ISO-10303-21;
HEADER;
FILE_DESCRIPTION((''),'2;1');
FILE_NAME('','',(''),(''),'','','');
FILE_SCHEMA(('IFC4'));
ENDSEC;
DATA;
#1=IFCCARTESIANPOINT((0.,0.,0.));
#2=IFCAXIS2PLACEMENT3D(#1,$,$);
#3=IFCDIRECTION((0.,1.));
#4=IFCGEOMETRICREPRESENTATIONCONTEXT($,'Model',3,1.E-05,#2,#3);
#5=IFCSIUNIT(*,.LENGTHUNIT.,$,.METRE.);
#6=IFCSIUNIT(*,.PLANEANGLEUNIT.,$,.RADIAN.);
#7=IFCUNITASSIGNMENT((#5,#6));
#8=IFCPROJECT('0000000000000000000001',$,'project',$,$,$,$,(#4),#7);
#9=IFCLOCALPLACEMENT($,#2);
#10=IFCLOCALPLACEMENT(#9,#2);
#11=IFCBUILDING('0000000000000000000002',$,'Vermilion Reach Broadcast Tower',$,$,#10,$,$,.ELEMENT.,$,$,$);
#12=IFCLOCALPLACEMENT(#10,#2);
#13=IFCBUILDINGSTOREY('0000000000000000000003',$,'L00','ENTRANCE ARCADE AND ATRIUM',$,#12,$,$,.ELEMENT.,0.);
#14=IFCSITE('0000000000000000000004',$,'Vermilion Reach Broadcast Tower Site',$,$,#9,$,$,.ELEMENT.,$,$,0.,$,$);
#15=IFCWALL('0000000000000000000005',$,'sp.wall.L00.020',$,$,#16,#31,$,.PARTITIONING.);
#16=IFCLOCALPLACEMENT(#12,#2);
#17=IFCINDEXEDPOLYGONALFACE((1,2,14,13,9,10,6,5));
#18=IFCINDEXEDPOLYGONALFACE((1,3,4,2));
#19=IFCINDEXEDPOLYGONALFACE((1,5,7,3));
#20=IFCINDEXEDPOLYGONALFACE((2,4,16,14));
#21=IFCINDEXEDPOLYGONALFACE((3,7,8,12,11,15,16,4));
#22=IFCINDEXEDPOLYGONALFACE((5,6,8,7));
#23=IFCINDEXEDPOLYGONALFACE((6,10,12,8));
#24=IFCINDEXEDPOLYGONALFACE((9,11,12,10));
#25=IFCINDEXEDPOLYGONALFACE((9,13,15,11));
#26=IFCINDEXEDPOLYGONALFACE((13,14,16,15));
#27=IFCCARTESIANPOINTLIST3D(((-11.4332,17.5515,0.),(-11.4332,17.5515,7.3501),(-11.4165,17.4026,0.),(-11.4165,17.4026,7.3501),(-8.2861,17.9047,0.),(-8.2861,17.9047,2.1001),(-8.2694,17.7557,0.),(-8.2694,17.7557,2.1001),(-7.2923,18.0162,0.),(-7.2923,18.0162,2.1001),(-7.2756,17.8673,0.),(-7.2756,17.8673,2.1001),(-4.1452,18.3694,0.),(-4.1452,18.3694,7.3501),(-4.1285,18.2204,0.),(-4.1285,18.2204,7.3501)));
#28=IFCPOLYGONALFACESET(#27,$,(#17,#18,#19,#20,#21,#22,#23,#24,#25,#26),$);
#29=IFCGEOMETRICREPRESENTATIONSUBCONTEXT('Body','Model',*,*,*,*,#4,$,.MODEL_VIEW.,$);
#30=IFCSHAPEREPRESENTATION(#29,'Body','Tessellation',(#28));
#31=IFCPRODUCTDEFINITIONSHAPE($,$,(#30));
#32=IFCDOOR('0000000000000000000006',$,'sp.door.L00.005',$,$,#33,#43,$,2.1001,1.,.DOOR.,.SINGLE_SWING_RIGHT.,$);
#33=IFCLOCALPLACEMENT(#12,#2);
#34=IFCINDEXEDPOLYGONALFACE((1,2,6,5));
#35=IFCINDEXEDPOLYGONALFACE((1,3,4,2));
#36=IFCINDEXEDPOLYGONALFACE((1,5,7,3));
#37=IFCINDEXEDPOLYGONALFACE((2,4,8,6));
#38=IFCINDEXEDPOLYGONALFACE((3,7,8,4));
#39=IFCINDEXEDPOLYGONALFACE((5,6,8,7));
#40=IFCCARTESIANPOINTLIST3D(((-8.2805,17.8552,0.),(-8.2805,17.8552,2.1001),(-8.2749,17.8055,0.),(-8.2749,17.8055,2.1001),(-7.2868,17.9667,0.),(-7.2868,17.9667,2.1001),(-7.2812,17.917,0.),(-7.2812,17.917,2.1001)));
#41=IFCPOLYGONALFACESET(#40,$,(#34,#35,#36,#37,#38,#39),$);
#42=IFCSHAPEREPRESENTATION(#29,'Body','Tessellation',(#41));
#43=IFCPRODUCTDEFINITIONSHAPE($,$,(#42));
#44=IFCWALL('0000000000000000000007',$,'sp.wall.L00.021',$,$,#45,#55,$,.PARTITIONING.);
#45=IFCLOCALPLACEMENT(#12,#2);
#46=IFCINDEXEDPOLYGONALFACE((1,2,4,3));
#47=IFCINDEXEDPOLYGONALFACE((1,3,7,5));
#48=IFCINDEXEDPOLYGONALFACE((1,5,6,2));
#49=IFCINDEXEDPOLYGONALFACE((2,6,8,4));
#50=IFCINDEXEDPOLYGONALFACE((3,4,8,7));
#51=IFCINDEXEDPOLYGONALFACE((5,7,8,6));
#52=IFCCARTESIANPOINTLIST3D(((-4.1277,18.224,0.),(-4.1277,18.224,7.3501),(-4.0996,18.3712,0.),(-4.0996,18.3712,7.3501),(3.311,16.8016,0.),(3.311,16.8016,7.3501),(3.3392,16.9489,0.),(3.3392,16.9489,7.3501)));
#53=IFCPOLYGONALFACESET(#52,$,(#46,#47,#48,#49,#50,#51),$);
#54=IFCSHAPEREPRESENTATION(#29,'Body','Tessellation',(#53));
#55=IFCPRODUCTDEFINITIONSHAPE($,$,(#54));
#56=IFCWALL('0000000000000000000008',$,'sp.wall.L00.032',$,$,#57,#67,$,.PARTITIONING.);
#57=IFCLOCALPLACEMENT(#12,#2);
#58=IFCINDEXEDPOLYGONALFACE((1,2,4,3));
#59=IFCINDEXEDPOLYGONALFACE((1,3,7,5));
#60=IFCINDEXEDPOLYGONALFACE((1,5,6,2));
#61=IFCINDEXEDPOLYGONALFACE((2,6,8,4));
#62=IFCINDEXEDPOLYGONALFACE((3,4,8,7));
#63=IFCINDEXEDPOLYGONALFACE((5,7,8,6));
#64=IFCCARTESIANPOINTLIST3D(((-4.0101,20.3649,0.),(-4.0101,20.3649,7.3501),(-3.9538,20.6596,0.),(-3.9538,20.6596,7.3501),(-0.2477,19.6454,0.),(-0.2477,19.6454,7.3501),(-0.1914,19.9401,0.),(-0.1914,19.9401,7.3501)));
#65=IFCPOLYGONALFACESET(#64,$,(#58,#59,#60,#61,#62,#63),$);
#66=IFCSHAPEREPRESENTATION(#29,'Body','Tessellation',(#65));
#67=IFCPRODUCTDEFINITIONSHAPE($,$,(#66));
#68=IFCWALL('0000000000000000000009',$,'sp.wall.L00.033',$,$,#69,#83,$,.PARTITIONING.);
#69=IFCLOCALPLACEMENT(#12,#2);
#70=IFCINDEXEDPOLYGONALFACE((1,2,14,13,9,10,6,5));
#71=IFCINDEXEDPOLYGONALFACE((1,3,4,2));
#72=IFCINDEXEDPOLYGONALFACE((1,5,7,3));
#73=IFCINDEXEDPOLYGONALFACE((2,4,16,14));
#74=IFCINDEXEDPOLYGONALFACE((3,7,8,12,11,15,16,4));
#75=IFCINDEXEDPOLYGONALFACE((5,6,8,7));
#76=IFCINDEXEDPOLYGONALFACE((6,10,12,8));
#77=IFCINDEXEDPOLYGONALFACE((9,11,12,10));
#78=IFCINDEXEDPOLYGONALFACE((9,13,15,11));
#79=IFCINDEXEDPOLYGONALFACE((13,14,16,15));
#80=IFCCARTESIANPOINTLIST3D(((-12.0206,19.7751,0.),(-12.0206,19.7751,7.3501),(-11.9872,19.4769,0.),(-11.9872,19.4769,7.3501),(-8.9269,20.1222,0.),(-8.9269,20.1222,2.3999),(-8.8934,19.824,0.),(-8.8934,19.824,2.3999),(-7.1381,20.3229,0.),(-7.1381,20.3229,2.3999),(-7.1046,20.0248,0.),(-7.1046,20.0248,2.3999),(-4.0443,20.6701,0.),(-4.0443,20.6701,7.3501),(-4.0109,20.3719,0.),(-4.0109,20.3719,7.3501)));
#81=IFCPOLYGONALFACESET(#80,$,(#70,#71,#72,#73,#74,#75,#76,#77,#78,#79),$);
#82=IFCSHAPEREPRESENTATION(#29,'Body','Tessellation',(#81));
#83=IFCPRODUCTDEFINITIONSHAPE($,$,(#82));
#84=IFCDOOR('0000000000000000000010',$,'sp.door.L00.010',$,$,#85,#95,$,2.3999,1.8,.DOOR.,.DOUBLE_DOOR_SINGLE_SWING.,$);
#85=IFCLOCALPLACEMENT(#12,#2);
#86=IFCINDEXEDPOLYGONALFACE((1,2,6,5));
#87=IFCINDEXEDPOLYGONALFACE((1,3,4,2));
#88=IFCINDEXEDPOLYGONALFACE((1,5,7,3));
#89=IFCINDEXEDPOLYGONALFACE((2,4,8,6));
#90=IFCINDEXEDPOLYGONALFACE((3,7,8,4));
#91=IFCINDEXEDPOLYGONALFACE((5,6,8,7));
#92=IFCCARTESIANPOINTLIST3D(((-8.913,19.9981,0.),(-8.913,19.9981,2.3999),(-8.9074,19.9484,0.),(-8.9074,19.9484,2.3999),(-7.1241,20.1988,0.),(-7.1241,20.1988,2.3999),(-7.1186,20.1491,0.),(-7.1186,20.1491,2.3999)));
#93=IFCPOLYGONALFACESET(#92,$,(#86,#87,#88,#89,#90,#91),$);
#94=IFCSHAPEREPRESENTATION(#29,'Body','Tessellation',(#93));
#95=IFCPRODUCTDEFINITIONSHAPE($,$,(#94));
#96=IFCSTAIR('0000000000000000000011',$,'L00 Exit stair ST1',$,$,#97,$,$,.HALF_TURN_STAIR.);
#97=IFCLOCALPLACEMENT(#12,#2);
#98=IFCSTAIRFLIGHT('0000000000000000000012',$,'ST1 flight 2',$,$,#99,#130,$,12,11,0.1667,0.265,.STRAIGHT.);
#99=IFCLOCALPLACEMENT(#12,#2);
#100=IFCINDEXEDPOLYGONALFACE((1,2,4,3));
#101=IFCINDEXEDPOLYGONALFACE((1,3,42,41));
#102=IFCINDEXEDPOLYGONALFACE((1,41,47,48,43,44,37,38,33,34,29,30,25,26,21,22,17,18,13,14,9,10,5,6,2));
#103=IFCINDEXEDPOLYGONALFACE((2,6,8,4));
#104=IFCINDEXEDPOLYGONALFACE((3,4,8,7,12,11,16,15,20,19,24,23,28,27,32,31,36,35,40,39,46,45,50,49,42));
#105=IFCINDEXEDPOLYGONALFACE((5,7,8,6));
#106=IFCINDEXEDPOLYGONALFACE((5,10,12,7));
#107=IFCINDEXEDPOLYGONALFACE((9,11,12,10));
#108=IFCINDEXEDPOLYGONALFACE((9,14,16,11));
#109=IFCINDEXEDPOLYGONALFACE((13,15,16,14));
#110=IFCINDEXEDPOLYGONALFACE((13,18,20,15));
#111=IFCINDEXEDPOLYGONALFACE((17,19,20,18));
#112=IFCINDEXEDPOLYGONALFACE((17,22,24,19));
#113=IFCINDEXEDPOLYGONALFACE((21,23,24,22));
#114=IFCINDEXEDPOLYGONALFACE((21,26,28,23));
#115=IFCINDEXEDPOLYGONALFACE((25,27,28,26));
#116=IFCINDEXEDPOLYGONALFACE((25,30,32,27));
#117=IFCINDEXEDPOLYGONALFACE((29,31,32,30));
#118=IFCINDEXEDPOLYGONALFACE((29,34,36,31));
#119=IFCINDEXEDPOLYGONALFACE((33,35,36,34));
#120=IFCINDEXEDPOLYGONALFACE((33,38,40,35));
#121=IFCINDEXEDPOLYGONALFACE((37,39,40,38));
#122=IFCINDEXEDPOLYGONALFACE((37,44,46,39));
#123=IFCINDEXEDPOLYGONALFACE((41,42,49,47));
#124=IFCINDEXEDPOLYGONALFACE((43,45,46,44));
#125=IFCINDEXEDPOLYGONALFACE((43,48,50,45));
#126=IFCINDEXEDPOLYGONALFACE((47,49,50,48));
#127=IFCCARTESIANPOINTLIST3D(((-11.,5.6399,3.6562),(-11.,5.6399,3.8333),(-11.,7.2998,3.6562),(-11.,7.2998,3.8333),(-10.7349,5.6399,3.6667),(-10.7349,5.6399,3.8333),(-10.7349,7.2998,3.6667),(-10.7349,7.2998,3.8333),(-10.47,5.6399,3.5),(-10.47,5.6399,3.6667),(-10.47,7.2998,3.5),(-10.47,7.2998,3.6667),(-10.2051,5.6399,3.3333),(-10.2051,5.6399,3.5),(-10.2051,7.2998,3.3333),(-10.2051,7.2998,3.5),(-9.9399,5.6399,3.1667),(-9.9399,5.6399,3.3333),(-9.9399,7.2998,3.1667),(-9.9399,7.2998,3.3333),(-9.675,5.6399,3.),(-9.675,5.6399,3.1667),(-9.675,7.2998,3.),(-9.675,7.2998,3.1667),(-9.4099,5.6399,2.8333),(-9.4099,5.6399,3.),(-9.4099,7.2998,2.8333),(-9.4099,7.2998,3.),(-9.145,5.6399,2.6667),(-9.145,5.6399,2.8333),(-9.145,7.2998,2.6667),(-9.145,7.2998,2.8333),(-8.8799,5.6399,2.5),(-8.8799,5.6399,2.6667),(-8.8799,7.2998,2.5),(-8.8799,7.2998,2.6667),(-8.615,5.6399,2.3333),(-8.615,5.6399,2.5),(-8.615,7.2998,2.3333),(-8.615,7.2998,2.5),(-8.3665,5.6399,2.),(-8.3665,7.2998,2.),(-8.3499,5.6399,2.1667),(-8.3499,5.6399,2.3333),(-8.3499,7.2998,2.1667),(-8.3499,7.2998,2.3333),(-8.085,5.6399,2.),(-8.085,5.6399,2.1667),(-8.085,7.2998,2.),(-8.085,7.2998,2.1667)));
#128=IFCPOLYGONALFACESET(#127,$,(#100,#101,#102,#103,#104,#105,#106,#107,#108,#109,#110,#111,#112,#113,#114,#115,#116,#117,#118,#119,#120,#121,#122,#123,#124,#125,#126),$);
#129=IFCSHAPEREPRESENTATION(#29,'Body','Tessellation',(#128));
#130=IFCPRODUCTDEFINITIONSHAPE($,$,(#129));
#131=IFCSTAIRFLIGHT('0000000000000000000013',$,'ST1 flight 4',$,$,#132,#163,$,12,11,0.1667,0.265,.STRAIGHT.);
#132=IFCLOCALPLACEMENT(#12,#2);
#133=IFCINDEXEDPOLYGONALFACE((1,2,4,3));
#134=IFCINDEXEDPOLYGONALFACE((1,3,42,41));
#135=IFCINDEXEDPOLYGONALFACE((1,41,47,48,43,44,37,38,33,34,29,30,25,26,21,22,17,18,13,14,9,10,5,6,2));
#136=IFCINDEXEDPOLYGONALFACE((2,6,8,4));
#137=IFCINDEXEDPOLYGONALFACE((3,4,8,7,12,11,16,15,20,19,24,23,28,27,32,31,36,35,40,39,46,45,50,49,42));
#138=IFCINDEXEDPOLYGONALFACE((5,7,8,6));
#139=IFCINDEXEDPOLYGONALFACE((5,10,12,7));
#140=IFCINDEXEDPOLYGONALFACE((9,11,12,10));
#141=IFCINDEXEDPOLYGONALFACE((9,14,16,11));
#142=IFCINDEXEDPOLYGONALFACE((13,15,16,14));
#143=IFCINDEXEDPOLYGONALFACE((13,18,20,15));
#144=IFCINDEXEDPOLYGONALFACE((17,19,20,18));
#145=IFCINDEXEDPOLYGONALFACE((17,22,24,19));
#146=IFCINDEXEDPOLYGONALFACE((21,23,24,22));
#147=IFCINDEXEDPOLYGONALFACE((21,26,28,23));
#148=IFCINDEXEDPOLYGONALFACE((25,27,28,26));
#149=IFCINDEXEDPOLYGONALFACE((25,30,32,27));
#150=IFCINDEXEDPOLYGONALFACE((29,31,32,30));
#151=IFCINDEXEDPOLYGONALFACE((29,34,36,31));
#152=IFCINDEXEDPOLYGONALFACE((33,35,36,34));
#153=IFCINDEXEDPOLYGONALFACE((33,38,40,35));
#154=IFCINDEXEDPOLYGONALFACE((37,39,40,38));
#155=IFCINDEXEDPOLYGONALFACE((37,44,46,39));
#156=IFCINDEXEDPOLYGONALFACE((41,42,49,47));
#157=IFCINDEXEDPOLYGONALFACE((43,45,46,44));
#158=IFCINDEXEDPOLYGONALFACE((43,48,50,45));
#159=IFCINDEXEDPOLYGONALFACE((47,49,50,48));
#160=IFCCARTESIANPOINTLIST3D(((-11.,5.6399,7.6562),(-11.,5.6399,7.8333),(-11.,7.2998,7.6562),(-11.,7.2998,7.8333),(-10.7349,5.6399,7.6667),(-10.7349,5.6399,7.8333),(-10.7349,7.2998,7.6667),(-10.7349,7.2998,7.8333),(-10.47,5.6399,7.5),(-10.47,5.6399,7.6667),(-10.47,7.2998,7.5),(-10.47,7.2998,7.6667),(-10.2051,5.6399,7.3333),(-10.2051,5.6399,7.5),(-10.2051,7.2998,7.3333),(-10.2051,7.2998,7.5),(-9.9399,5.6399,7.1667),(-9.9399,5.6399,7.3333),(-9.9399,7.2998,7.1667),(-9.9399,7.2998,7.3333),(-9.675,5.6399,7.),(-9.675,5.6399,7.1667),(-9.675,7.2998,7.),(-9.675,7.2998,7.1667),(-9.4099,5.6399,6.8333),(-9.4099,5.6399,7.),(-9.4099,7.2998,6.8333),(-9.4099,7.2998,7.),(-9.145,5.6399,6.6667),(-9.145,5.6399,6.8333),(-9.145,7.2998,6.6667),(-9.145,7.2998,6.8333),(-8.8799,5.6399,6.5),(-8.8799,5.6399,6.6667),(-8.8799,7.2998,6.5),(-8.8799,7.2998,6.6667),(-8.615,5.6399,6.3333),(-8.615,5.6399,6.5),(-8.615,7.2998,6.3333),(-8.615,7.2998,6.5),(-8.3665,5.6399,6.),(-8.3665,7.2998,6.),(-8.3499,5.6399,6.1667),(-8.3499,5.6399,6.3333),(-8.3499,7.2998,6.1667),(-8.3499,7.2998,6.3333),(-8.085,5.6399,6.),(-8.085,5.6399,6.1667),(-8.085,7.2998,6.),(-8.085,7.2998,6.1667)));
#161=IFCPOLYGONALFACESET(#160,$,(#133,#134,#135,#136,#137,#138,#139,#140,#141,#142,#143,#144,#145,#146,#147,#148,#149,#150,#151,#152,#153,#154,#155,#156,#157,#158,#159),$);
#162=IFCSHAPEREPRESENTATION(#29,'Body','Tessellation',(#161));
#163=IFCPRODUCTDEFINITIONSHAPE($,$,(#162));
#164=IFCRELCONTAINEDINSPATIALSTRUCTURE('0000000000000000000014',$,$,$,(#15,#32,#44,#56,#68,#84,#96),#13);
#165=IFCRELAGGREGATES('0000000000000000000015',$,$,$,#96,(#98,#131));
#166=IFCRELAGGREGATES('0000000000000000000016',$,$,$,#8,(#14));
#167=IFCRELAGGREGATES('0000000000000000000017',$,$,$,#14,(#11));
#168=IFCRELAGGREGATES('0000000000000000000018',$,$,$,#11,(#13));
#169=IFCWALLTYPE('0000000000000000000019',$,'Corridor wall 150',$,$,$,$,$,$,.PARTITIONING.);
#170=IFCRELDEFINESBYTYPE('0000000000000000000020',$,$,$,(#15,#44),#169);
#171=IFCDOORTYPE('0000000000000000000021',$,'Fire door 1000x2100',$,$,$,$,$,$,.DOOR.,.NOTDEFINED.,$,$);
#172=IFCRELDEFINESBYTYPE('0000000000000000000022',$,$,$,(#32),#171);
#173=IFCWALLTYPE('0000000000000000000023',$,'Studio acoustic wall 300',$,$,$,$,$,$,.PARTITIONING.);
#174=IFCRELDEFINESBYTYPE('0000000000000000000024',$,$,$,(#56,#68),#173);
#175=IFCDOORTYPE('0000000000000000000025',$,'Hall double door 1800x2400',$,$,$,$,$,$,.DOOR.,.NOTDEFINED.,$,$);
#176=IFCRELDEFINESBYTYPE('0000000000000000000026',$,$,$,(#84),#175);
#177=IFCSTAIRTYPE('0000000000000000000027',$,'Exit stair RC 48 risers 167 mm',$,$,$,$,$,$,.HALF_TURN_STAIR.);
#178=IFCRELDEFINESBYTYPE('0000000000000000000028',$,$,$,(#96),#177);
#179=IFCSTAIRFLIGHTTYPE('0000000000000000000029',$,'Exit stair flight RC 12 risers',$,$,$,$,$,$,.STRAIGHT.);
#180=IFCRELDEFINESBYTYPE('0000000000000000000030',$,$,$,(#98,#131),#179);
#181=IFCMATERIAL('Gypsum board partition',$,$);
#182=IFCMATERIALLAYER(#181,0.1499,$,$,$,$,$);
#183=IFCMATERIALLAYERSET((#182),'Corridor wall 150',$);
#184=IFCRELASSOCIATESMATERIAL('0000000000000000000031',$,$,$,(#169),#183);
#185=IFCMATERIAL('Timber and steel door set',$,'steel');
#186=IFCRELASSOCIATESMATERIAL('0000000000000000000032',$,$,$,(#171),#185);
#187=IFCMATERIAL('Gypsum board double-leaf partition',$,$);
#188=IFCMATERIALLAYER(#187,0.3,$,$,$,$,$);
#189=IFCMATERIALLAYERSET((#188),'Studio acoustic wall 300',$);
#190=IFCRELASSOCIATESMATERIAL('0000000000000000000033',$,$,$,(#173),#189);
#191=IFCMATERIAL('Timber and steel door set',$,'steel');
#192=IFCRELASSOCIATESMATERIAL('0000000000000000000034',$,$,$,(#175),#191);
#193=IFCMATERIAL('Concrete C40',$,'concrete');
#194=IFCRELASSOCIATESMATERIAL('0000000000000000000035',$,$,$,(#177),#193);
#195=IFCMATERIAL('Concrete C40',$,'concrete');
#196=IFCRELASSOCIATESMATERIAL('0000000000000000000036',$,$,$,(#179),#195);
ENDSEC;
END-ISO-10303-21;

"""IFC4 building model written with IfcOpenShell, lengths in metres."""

from ifc_helpers import new_model, si_unit, direction, frame, frame_2d, origin, place, context, subcontext, project, spatial, polyline, rectangle, outline, extrude, material, layer, layer_set, type_object, element, fill, aggregate, save


model = new_model("IFC4")

# Units and contexts
model_context = context("Model", 3, precision=1e-05, world=origin(), true_north=direction((0.0, 1.0)))
body_context = subcontext(model_context, "Body", "Model", "MODEL_VIEW")
ifc_project = project(units=[si_unit("LENGTHUNIT", "METRE"), si_unit("PLANEANGLEUNIT", "RADIAN")], contexts=[model_context])

# Site, building, storey
site_placement = place(None, origin())
site = spatial("IfcSite", under=ifc_project, at=site_placement, Name="Vermilion Reach Broadcast Tower Site", CompositionType="ELEMENT", RefElevation=0.0)
building_placement = place(site_placement, origin())
building = spatial("IfcBuilding", under=site, at=building_placement, Name="Vermilion Reach Broadcast Tower", CompositionType="ELEMENT")
storey_placement = place(building_placement, origin())
storey = spatial("IfcBuildingStorey", under=building, at=storey_placement, Name="L00", Description="ENTRANCE ARCADE AND ATRIUM", CompositionType="ELEMENT", Elevation=0.0)

# Wall, opening, door
ifc_material_1 = material(Name="Gypsum board partition")
ifc_layer_1 = layer(ifc_material_1, 0.1499)
ifc_layer_set_1 = layer_set([ifc_layer_1], Name="Corridor wall 150")
wall_type_1 = type_object("IfcWallType", Name="Corridor wall 150", PredefinedType="PARTITIONING", material=ifc_layer_set_1)
wall_1_placement = place(storey_placement, frame((-4.1367, 18.2949, 0.0), z_axis=(0.0, 0.0, 1.0), x_axis=(-0.993762, -0.11152, 0.0)))
wall_1 = element("IfcWall", 1, at=wall_1_placement, inside=storey, type_object=wall_type_1, Name="sp.wall.L00.020", PredefinedType="PARTITIONING", context=body_context, shape_type="SweptSolid", body=[
    extrude(rectangle(XDim=7.3337, YDim=0.1499, at=frame_2d((3.667, 0.0))), origin(), (0.0, 0.0, 1.0), 7.3501),
])
opening_1_placement = place(wall_1_placement, frame((3.167, 0.0, 0.0)))
opening_1 = element("IfcOpeningElement", 2, at=opening_1_placement, cuts=wall_1, PredefinedType="OPENING", context=body_context, shape_type="SweptSolid", body=[
    extrude(rectangle(XDim=1.0, YDim=2.1001, at=frame_2d((0.5, 1.05))), frame((0.0, 0.085, 0.0), z_axis=(0.0, -1.0, 0.0), x_axis=(1.0, 0.0, 0.0)), (0.0, 0.0, 1.0), 0.1699),
])
ifc_material_2 = material(Name="Timber and steel door set", Category="steel")
door_type_1 = type_object("IfcDoorType", Name="Fire door 1000x2100", OperationType="NOTDEFINED", PredefinedType="DOOR", material=ifc_material_2)
door_1_placement = place(opening_1_placement, origin())
door_1 = element("IfcDoor", 3, at=door_1_placement, inside=storey, type_object=door_type_1, Name="sp.door.L00.005", OperationType="SINGLE_SWING_RIGHT", OverallHeight=2.1001, OverallWidth=1.0, PredefinedType="DOOR", context=body_context, shape_type="SweptSolid", body=[
    extrude(rectangle(XDim=1.0, YDim=2.1001, at=frame_2d((0.5, 1.05))), frame((0.0, 0.0249, 0.0), z_axis=(0.0, -1.0, 0.0), x_axis=(1.0, 0.0, 0.0)), (0.0, 0.0, 1.0), 0.05),
])
fill(opening_1, door_1)

# Walls
wall_2_placement = place(storey_placement, frame((-4.1135, 18.2976, 0.0), z_axis=(0.0, 0.0, 1.0), x_axis=(0.982206, -0.187808, 0.0)))
element("IfcWall", 4, at=wall_2_placement, inside=storey, type_object=wall_type_1, Name="sp.wall.L00.021", PredefinedType="PARTITIONING", context=body_context, shape_type="SweptSolid", body=[
    extrude(rectangle(XDim=7.5735, YDim=0.1499, at=frame_2d((3.7866, 0.0))), origin(), (0.0, 0.0, 1.0), 7.3501),
])
ifc_material_3 = material(Name="Gypsum board double-leaf partition")
ifc_layer_2 = layer(ifc_material_3, 0.3)
ifc_layer_set_2 = layer_set([ifc_layer_2], Name="Studio acoustic wall 300")
wall_type_2 = type_object("IfcWallType", Name="Studio acoustic wall 300", PredefinedType="PARTITIONING", material=ifc_layer_set_2)
wall_3_placement = place(storey_placement, frame((-3.9819, 20.5122, 0.0), z_axis=(0.0, 0.0, 1.0), x_axis=(0.982203, -0.187824, 0.0)))
element("IfcWall", 5, at=wall_3_placement, inside=storey, type_object=wall_type_2, Name="sp.wall.L00.032", PredefinedType="PARTITIONING", context=body_context, shape_type="SweptSolid", body=[
    extrude(rectangle(XDim=3.8306, YDim=0.3, at=frame_2d((1.9153, 0.0))), origin(), (0.0, 0.0, 1.0), 7.3501),
])

# Wall, opening, door
wall_4_placement = place(storey_placement, frame((-4.0276, 20.521, 0.0), z_axis=(0.0, 0.0, 1.0), x_axis=(-0.993763, -0.11151, 0.0)))
wall_4 = element("IfcWall", 6, at=wall_4_placement, inside=storey, type_object=wall_type_2, Name="sp.wall.L00.033", PredefinedType="PARTITIONING", context=body_context, shape_type="SweptSolid", body=[
    extrude(rectangle(XDim=8.0264, YDim=0.3, at=frame_2d((4.0132, 0.0))), origin(), (0.0, 0.0, 1.0), 7.3501),
])
opening_2_placement = place(wall_4_placement, frame((3.1133, 0.0, 0.0)))
opening_2 = element("IfcOpeningElement", 7, at=opening_2_placement, cuts=wall_4, PredefinedType="OPENING", context=body_context, shape_type="SweptSolid", body=[
    extrude(rectangle(XDim=1.8, YDim=2.3999, at=frame_2d((0.8999, 1.2))), frame((0.0, 0.1599, 0.0), z_axis=(0.0, -1.0, 0.0), x_axis=(1.0, 0.0, 0.0)), (0.0, 0.0, 1.0), 0.3201),
])
ifc_material_4 = material(Name="Timber and steel door set", Category="steel")
door_type_2 = type_object("IfcDoorType", Name="Hall double door 1800x2400", OperationType="NOTDEFINED", PredefinedType="DOOR", material=ifc_material_4)
door_2_placement = place(opening_2_placement, origin())
door_2 = element("IfcDoor", 8, at=door_2_placement, inside=storey, type_object=door_type_2, Name="sp.door.L00.010", OperationType="DOUBLE_DOOR_SINGLE_SWING", OverallHeight=2.3999, OverallWidth=1.8, PredefinedType="DOOR", context=body_context, shape_type="SweptSolid", body=[
    extrude(rectangle(XDim=1.8, YDim=2.3999, at=frame_2d((0.8999, 1.2))), frame((0.0, 0.0249, 0.0), z_axis=(0.0, -1.0, 0.0), x_axis=(1.0, 0.0, 0.0)), (0.0, 0.0, 1.0), 0.05),
])
fill(opening_2, door_2)

# Stair, stair flights
ifc_material_5 = material(Name="Concrete C40", Category="concrete")
stair_type = type_object("IfcStairType", Name="Exit stair RC 48 risers 167 mm", PredefinedType="HALF_TURN_STAIR", material=ifc_material_5)
placement = place(storey_placement, origin())
stair_1 = element("IfcStair", 9, at=placement, inside=storey, type_object=stair_type, Name="L00 Exit stair ST1", PredefinedType="HALF_TURN_STAIR")
ifc_material_6 = material(Name="Concrete C40", Category="concrete")
stair_flight_type = type_object("IfcStairFlightType", Name="Exit stair flight RC 12 risers", PredefinedType="STRAIGHT", material=ifc_material_6)
stair_flight_1_placement = place(storey_placement, frame((-8.085, 6.47, 2.0), z_axis=(0.0, 0.0, 1.0), x_axis=(-1.0, 0.0, 0.0)))
stair_flight_1 = element("IfcStairFlight", 10, at=stair_flight_1_placement, type_object=stair_flight_type, Name="ST1 flight 2", NumberOfRisers=12, NumberOfTreads=11, PredefinedType="STRAIGHT", RiserHeight=0.1667, TreadLength=0.265, context=body_context, shape_type="SweptSolid", body=[
    extrude(outline(polyline([(0.0, 0.0), (0.0, 0.1667), (0.2649, 0.1667), (0.2649, 0.3333), (0.53, 0.3333), (0.53, 0.5), (0.7949, 0.5), (0.7949, 0.6667), (1.0601, 0.6667), (1.0601, 0.8333), (1.325, 0.8333), (1.325, 1.0), (1.5901, 1.0), (1.5901, 1.1667), (1.855, 1.1667), (1.855, 1.3333), (2.1201, 1.3333), (2.1201, 1.5), (2.385, 1.5), (2.385, 1.6667), (2.6499, 1.6667), (2.6499, 1.8333), (2.915, 1.8333), (2.915, 2.0), (2.915, 1.6562), (0.2815, 0.0), (0.0, 0.0)])), frame((0.0, 0.8301, 0.0), z_axis=(0.0, -1.0, 0.0), x_axis=(1.0, 0.0, 0.0)), (0.0, 0.0, 1.0), 1.6599),
])
stair_flight_2_placement = place(storey_placement, frame((-8.085, 6.47, 6.0), z_axis=(0.0, 0.0, 1.0), x_axis=(-1.0, 0.0, 0.0)))
stair_flight_2 = element("IfcStairFlight", 11, at=stair_flight_2_placement, type_object=stair_flight_type, Name="ST1 flight 4", NumberOfRisers=12, NumberOfTreads=11, PredefinedType="STRAIGHT", RiserHeight=0.1667, TreadLength=0.265, context=body_context, shape_type="SweptSolid", body=[
    extrude(outline(polyline([(0.0, 0.0), (0.0, 0.1667), (0.2649, 0.1667), (0.2649, 0.3333), (0.53, 0.3333), (0.53, 0.5), (0.7949, 0.5), (0.7949, 0.6667), (1.0601, 0.6667), (1.0601, 0.8333), (1.325, 0.8333), (1.325, 1.0), (1.5901, 1.0), (1.5901, 1.1667), (1.855, 1.1667), (1.855, 1.3333), (2.1201, 1.3333), (2.1201, 1.5), (2.385, 1.5), (2.385, 1.6667), (2.6499, 1.6667), (2.6499, 1.8333), (2.915, 1.8333), (2.915, 2.0), (2.915, 1.6562), (0.2815, 0.0), (0.0, 0.0)])), frame((0.0, 0.8301, 0.0), z_axis=(0.0, -1.0, 0.0), x_axis=(1.0, 0.0, 0.0)), (0.0, 0.0, 1.0), 1.6599),
])
aggregate(stair_1, [stair_flight_1, stair_flight_2])

save(model, "model.ifc")
